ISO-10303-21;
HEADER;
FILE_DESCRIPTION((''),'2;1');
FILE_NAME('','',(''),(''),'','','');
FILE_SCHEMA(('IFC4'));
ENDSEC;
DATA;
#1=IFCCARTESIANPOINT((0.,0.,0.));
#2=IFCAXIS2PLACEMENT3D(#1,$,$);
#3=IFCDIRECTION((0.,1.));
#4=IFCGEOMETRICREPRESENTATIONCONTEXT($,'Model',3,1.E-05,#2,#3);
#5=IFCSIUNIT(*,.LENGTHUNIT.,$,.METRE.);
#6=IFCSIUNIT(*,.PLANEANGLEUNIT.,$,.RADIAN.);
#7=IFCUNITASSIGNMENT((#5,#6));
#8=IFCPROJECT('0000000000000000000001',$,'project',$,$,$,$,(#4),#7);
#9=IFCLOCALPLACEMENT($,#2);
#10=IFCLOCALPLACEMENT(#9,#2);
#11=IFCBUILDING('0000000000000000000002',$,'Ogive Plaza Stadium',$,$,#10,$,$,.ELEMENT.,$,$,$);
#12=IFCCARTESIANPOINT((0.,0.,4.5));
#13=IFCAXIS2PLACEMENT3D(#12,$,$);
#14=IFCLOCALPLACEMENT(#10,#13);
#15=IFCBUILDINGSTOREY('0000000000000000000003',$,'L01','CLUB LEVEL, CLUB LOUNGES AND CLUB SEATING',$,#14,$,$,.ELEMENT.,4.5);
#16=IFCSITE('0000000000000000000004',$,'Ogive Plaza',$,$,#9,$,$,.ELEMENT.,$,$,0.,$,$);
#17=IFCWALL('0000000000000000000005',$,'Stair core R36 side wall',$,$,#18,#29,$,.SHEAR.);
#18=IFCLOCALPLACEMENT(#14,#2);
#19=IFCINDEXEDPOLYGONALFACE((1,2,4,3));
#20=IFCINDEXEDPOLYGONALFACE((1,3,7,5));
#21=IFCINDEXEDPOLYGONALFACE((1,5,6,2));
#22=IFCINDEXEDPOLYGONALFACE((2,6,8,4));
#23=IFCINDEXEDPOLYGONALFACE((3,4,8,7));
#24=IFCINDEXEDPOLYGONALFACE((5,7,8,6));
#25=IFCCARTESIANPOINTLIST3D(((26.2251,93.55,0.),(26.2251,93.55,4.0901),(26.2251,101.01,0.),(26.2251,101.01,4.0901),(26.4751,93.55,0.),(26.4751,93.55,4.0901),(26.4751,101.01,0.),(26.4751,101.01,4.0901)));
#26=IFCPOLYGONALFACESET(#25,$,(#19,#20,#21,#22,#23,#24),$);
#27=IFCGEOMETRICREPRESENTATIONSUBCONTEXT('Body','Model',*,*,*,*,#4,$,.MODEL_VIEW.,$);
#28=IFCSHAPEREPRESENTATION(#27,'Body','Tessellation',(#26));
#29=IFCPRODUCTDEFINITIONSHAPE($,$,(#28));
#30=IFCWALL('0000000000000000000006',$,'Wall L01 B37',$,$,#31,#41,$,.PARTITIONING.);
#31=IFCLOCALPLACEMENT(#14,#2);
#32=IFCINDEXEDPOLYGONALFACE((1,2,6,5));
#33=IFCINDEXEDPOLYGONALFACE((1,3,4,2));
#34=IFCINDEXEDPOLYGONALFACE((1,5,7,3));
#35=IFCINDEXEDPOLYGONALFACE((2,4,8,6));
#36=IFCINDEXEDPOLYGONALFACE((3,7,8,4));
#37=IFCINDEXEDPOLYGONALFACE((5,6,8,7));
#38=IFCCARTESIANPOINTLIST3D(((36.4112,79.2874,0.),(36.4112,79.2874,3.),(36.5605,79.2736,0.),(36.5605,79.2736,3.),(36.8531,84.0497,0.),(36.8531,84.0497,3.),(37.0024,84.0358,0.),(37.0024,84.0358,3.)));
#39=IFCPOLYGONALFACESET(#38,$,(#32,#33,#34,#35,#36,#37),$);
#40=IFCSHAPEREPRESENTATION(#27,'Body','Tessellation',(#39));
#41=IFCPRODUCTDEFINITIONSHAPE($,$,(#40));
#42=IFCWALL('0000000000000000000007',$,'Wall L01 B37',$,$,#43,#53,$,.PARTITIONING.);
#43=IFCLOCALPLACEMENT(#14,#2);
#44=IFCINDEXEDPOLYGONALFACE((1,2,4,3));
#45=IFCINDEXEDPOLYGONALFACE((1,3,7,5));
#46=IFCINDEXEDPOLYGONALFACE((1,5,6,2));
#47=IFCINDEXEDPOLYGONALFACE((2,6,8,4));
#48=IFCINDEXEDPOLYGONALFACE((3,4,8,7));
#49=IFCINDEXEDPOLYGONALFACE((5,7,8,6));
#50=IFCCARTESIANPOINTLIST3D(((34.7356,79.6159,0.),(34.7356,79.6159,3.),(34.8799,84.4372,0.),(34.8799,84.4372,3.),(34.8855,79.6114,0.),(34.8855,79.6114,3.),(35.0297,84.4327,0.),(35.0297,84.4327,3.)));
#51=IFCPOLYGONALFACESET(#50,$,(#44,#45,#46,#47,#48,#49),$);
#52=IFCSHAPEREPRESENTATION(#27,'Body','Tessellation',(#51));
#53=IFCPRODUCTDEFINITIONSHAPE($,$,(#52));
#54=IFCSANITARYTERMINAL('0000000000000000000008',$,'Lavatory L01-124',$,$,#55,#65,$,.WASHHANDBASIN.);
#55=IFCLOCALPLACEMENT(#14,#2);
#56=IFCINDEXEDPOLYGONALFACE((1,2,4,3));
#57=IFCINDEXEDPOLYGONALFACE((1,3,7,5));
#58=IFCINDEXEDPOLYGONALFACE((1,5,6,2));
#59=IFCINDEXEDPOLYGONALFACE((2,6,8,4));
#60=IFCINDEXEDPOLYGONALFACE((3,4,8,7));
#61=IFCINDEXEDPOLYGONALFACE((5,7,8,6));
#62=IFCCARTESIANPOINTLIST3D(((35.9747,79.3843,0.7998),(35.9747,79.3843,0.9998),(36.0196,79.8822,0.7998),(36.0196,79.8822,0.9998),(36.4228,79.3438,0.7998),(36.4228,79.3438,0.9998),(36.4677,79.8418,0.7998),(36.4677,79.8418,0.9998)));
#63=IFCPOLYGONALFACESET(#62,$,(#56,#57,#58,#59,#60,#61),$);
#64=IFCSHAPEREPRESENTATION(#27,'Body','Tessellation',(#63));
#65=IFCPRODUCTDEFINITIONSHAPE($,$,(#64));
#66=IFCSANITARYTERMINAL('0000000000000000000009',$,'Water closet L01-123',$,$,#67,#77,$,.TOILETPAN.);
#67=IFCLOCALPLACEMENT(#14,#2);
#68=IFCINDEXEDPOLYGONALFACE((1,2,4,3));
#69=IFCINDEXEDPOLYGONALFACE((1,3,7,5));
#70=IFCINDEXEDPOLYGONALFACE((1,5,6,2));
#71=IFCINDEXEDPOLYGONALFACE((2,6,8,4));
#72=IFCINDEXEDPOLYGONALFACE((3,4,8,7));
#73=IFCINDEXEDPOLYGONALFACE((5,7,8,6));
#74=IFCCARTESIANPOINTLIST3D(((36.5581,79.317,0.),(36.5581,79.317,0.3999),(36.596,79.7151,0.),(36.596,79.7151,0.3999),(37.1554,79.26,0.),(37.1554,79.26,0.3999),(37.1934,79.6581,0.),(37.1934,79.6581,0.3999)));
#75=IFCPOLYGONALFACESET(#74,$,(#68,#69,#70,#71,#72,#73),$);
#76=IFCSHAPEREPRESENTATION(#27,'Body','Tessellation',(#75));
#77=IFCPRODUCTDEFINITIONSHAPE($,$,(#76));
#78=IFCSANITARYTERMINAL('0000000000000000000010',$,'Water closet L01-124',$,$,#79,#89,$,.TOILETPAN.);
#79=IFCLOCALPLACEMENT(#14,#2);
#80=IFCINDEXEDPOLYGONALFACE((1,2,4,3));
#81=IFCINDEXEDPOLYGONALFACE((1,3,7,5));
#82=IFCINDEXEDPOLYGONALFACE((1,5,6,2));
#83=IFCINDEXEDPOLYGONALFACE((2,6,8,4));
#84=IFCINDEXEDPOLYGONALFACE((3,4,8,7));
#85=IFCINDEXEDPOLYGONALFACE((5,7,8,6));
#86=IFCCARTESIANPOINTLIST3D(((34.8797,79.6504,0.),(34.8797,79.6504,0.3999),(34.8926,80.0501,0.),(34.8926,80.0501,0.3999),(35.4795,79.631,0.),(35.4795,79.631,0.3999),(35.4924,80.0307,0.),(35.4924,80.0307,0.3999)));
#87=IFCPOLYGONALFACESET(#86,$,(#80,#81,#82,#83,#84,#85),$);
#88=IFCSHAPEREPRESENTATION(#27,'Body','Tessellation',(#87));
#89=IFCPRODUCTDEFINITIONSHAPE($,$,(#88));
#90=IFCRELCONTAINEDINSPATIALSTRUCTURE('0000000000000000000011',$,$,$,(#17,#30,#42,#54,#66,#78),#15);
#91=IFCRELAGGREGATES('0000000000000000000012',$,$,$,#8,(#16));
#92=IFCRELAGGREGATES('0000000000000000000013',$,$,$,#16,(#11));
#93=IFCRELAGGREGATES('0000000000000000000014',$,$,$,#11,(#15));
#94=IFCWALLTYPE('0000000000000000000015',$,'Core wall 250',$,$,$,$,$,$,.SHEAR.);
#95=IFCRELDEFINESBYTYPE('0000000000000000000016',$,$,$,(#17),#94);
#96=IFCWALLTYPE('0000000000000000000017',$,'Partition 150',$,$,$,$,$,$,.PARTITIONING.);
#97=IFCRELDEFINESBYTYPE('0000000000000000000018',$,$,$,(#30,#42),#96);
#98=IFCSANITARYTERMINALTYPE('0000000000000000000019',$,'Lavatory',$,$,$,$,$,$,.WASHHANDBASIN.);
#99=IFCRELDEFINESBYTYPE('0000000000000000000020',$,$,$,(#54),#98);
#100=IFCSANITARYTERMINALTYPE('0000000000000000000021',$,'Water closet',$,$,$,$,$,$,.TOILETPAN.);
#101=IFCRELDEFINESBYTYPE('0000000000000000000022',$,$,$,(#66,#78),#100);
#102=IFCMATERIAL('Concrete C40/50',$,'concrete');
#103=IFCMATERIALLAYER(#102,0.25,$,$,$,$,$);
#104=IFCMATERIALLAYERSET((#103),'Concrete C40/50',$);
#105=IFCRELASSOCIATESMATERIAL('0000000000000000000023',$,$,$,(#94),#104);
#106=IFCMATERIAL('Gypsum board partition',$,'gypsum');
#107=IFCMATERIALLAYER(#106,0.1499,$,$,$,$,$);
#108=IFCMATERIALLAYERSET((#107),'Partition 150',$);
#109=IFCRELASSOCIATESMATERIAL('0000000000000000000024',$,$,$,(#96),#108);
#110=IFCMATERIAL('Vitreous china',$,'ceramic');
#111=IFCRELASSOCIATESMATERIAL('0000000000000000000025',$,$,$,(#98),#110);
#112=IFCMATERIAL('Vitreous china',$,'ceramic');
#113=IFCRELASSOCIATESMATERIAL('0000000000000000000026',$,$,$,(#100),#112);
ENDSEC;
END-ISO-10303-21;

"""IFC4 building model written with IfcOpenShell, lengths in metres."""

from ifc_helpers import new_model, si_unit, direction, frame, frame_2d, origin, origin_2d, place, context, subcontext, project, spatial, rectangle, extrude, material, layer, layer_set, type_object, element, save


model = new_model("IFC4")

# Units and contexts
model_context = context("Model", 3, precision=1e-05, world=origin(), true_north=direction((0.0, 1.0)))
body_context = subcontext(model_context, "Body", "Model", "MODEL_VIEW")
ifc_project = project(units=[si_unit("LENGTHUNIT", "METRE"), si_unit("PLANEANGLEUNIT", "RADIAN")], contexts=[model_context])

# Site, building, storey
site_placement = place(None, origin())
site = spatial("IfcSite", under=ifc_project, at=site_placement, Name="Ogive Plaza", CompositionType="ELEMENT", RefElevation=0.0)
building_placement = place(site_placement, origin())
building = spatial("IfcBuilding", under=site, at=building_placement, Name="Ogive Plaza Stadium", CompositionType="ELEMENT")
storey_placement = place(building_placement, frame((0.0, 0.0, 4.5)))
storey = spatial("IfcBuildingStorey", under=building, at=storey_placement, Name="L01", Description="CLUB LEVEL, CLUB LOUNGES AND CLUB SEATING", CompositionType="ELEMENT", Elevation=4.5)

# Shared definitions
ifc_material_1 = material(Name="Concrete C40/50", Category="concrete")
ifc_layer_1 = layer(ifc_material_1, 0.25)
ifc_layer_set_1 = layer_set([ifc_layer_1], Name="Concrete C40/50")
wall_type_1 = type_object("IfcWallType", Name="Core wall 250", PredefinedType="SHEAR", material=ifc_layer_set_1)

# Walls
wall_1_placement = place(storey_placement, frame((26.3501, 93.55, 0.0), z_axis=(0.0, 0.0, 1.0), x_axis=(0.0, 1.0, 0.0)))
element("IfcWall", 1, at=wall_1_placement, inside=storey, type_object=wall_type_1, Name="Stair core R36 side wall", PredefinedType="SHEAR", context=body_context, shape_type="SweptSolid", body=[
    extrude(rectangle(XDim=7.46, YDim=0.25, at=frame_2d((3.73, 0.0))), origin(), (0.0, 0.0, 1.0), 4.0901),
])
ifc_material_2 = material(Name="Gypsum board partition", Category="gypsum")
ifc_layer_2 = layer(ifc_material_2, 0.1499)
ifc_layer_set_2 = layer_set([ifc_layer_2], Name="Partition 150")
wall_type_2 = type_object("IfcWallType", Name="Partition 150", PredefinedType="PARTITIONING", material=ifc_layer_set_2)
wall_2_placement = place(storey_placement, frame((36.4858, 79.2805, 0.0), z_axis=(0.0, 0.0, 1.0), x_axis=(0.092395, 0.995722, 0.0)))
element("IfcWall", 2, at=wall_2_placement, inside=storey, type_object=wall_type_2, Name="Wall L01 B37", PredefinedType="PARTITIONING", context=body_context, shape_type="SweptSolid", body=[
    extrude(rectangle(XDim=4.7827, YDim=0.1499, at=frame_2d((2.3914, 0.0))), origin(), (0.0, 0.0, 1.0), 3.0),
])
wall_3_placement = place(storey_placement, frame((34.8105, 79.6138, 0.0), z_axis=(0.0, 0.0, 1.0), x_axis=(0.029914, 0.999552, 0.0)))
element("IfcWall", 3, at=wall_3_placement, inside=storey, type_object=wall_type_2, Name="Wall L01 B37", PredefinedType="PARTITIONING", context=body_context, shape_type="SweptSolid", body=[
    extrude(rectangle(XDim=4.8235, YDim=0.1499, at=frame_2d((2.4116, 0.0))), origin(), (0.0, 0.0, 1.0), 3.0),
])

# Sanitary terminals
ifc_material_3 = material(Name="Vitreous china", Category="ceramic")
sanitary_terminal_type_1 = type_object("IfcSanitaryTerminalType", Name="Lavatory", PredefinedType="WASHHANDBASIN", material=ifc_material_3)
sanitary_terminal_placement = place(storey_placement, frame((36.2212, 79.613, 0.7998), z_axis=(0.0, 0.0, 1.0), x_axis=(0.089887, 0.995952, 0.0)))
element("IfcSanitaryTerminal", 4, at=sanitary_terminal_placement, inside=storey, type_object=sanitary_terminal_type_1, Name="Lavatory L01-124", PredefinedType="WASHHANDBASIN", context=body_context, shape_type="SweptSolid", body=[
    extrude(rectangle(XDim=0.5, YDim=0.45, at=origin_2d()), origin(), (0.0, 0.0, 1.0), 0.2),
])
ifc_material_4 = material(Name="Vitreous china", Category="ceramic")
sanitary_terminal_type_2 = type_object("IfcSanitaryTerminalType", Name="Water closet", PredefinedType="TOILETPAN", material=ifc_material_4)
for number, where, z_axis, x_axis, name in (
    (5, (36.8757, 79.4875, 0.0), (0.0, 0.0, 1.0), (0.094958, 0.995481, 0.0), "Water closet L01-123"),
    (6, (35.186, 79.8406, 0.0), (0.0, 0.0, 1.0), (0.032388, 0.999475, 0.0), "Water closet L01-124"),
):
    element("IfcSanitaryTerminal", number, at=place(storey_placement, frame(where, z_axis=z_axis, x_axis=x_axis)), inside=storey, type_object=sanitary_terminal_type_2, Name=name, PredefinedType="TOILETPAN", context=body_context, shape_type="SweptSolid", body=[
        extrude(rectangle(XDim=0.3999, YDim=0.6001, at=origin_2d()), origin(), (0.0, 0.0, 1.0), 0.3999),
    ])

save(model, "model.ifc")
